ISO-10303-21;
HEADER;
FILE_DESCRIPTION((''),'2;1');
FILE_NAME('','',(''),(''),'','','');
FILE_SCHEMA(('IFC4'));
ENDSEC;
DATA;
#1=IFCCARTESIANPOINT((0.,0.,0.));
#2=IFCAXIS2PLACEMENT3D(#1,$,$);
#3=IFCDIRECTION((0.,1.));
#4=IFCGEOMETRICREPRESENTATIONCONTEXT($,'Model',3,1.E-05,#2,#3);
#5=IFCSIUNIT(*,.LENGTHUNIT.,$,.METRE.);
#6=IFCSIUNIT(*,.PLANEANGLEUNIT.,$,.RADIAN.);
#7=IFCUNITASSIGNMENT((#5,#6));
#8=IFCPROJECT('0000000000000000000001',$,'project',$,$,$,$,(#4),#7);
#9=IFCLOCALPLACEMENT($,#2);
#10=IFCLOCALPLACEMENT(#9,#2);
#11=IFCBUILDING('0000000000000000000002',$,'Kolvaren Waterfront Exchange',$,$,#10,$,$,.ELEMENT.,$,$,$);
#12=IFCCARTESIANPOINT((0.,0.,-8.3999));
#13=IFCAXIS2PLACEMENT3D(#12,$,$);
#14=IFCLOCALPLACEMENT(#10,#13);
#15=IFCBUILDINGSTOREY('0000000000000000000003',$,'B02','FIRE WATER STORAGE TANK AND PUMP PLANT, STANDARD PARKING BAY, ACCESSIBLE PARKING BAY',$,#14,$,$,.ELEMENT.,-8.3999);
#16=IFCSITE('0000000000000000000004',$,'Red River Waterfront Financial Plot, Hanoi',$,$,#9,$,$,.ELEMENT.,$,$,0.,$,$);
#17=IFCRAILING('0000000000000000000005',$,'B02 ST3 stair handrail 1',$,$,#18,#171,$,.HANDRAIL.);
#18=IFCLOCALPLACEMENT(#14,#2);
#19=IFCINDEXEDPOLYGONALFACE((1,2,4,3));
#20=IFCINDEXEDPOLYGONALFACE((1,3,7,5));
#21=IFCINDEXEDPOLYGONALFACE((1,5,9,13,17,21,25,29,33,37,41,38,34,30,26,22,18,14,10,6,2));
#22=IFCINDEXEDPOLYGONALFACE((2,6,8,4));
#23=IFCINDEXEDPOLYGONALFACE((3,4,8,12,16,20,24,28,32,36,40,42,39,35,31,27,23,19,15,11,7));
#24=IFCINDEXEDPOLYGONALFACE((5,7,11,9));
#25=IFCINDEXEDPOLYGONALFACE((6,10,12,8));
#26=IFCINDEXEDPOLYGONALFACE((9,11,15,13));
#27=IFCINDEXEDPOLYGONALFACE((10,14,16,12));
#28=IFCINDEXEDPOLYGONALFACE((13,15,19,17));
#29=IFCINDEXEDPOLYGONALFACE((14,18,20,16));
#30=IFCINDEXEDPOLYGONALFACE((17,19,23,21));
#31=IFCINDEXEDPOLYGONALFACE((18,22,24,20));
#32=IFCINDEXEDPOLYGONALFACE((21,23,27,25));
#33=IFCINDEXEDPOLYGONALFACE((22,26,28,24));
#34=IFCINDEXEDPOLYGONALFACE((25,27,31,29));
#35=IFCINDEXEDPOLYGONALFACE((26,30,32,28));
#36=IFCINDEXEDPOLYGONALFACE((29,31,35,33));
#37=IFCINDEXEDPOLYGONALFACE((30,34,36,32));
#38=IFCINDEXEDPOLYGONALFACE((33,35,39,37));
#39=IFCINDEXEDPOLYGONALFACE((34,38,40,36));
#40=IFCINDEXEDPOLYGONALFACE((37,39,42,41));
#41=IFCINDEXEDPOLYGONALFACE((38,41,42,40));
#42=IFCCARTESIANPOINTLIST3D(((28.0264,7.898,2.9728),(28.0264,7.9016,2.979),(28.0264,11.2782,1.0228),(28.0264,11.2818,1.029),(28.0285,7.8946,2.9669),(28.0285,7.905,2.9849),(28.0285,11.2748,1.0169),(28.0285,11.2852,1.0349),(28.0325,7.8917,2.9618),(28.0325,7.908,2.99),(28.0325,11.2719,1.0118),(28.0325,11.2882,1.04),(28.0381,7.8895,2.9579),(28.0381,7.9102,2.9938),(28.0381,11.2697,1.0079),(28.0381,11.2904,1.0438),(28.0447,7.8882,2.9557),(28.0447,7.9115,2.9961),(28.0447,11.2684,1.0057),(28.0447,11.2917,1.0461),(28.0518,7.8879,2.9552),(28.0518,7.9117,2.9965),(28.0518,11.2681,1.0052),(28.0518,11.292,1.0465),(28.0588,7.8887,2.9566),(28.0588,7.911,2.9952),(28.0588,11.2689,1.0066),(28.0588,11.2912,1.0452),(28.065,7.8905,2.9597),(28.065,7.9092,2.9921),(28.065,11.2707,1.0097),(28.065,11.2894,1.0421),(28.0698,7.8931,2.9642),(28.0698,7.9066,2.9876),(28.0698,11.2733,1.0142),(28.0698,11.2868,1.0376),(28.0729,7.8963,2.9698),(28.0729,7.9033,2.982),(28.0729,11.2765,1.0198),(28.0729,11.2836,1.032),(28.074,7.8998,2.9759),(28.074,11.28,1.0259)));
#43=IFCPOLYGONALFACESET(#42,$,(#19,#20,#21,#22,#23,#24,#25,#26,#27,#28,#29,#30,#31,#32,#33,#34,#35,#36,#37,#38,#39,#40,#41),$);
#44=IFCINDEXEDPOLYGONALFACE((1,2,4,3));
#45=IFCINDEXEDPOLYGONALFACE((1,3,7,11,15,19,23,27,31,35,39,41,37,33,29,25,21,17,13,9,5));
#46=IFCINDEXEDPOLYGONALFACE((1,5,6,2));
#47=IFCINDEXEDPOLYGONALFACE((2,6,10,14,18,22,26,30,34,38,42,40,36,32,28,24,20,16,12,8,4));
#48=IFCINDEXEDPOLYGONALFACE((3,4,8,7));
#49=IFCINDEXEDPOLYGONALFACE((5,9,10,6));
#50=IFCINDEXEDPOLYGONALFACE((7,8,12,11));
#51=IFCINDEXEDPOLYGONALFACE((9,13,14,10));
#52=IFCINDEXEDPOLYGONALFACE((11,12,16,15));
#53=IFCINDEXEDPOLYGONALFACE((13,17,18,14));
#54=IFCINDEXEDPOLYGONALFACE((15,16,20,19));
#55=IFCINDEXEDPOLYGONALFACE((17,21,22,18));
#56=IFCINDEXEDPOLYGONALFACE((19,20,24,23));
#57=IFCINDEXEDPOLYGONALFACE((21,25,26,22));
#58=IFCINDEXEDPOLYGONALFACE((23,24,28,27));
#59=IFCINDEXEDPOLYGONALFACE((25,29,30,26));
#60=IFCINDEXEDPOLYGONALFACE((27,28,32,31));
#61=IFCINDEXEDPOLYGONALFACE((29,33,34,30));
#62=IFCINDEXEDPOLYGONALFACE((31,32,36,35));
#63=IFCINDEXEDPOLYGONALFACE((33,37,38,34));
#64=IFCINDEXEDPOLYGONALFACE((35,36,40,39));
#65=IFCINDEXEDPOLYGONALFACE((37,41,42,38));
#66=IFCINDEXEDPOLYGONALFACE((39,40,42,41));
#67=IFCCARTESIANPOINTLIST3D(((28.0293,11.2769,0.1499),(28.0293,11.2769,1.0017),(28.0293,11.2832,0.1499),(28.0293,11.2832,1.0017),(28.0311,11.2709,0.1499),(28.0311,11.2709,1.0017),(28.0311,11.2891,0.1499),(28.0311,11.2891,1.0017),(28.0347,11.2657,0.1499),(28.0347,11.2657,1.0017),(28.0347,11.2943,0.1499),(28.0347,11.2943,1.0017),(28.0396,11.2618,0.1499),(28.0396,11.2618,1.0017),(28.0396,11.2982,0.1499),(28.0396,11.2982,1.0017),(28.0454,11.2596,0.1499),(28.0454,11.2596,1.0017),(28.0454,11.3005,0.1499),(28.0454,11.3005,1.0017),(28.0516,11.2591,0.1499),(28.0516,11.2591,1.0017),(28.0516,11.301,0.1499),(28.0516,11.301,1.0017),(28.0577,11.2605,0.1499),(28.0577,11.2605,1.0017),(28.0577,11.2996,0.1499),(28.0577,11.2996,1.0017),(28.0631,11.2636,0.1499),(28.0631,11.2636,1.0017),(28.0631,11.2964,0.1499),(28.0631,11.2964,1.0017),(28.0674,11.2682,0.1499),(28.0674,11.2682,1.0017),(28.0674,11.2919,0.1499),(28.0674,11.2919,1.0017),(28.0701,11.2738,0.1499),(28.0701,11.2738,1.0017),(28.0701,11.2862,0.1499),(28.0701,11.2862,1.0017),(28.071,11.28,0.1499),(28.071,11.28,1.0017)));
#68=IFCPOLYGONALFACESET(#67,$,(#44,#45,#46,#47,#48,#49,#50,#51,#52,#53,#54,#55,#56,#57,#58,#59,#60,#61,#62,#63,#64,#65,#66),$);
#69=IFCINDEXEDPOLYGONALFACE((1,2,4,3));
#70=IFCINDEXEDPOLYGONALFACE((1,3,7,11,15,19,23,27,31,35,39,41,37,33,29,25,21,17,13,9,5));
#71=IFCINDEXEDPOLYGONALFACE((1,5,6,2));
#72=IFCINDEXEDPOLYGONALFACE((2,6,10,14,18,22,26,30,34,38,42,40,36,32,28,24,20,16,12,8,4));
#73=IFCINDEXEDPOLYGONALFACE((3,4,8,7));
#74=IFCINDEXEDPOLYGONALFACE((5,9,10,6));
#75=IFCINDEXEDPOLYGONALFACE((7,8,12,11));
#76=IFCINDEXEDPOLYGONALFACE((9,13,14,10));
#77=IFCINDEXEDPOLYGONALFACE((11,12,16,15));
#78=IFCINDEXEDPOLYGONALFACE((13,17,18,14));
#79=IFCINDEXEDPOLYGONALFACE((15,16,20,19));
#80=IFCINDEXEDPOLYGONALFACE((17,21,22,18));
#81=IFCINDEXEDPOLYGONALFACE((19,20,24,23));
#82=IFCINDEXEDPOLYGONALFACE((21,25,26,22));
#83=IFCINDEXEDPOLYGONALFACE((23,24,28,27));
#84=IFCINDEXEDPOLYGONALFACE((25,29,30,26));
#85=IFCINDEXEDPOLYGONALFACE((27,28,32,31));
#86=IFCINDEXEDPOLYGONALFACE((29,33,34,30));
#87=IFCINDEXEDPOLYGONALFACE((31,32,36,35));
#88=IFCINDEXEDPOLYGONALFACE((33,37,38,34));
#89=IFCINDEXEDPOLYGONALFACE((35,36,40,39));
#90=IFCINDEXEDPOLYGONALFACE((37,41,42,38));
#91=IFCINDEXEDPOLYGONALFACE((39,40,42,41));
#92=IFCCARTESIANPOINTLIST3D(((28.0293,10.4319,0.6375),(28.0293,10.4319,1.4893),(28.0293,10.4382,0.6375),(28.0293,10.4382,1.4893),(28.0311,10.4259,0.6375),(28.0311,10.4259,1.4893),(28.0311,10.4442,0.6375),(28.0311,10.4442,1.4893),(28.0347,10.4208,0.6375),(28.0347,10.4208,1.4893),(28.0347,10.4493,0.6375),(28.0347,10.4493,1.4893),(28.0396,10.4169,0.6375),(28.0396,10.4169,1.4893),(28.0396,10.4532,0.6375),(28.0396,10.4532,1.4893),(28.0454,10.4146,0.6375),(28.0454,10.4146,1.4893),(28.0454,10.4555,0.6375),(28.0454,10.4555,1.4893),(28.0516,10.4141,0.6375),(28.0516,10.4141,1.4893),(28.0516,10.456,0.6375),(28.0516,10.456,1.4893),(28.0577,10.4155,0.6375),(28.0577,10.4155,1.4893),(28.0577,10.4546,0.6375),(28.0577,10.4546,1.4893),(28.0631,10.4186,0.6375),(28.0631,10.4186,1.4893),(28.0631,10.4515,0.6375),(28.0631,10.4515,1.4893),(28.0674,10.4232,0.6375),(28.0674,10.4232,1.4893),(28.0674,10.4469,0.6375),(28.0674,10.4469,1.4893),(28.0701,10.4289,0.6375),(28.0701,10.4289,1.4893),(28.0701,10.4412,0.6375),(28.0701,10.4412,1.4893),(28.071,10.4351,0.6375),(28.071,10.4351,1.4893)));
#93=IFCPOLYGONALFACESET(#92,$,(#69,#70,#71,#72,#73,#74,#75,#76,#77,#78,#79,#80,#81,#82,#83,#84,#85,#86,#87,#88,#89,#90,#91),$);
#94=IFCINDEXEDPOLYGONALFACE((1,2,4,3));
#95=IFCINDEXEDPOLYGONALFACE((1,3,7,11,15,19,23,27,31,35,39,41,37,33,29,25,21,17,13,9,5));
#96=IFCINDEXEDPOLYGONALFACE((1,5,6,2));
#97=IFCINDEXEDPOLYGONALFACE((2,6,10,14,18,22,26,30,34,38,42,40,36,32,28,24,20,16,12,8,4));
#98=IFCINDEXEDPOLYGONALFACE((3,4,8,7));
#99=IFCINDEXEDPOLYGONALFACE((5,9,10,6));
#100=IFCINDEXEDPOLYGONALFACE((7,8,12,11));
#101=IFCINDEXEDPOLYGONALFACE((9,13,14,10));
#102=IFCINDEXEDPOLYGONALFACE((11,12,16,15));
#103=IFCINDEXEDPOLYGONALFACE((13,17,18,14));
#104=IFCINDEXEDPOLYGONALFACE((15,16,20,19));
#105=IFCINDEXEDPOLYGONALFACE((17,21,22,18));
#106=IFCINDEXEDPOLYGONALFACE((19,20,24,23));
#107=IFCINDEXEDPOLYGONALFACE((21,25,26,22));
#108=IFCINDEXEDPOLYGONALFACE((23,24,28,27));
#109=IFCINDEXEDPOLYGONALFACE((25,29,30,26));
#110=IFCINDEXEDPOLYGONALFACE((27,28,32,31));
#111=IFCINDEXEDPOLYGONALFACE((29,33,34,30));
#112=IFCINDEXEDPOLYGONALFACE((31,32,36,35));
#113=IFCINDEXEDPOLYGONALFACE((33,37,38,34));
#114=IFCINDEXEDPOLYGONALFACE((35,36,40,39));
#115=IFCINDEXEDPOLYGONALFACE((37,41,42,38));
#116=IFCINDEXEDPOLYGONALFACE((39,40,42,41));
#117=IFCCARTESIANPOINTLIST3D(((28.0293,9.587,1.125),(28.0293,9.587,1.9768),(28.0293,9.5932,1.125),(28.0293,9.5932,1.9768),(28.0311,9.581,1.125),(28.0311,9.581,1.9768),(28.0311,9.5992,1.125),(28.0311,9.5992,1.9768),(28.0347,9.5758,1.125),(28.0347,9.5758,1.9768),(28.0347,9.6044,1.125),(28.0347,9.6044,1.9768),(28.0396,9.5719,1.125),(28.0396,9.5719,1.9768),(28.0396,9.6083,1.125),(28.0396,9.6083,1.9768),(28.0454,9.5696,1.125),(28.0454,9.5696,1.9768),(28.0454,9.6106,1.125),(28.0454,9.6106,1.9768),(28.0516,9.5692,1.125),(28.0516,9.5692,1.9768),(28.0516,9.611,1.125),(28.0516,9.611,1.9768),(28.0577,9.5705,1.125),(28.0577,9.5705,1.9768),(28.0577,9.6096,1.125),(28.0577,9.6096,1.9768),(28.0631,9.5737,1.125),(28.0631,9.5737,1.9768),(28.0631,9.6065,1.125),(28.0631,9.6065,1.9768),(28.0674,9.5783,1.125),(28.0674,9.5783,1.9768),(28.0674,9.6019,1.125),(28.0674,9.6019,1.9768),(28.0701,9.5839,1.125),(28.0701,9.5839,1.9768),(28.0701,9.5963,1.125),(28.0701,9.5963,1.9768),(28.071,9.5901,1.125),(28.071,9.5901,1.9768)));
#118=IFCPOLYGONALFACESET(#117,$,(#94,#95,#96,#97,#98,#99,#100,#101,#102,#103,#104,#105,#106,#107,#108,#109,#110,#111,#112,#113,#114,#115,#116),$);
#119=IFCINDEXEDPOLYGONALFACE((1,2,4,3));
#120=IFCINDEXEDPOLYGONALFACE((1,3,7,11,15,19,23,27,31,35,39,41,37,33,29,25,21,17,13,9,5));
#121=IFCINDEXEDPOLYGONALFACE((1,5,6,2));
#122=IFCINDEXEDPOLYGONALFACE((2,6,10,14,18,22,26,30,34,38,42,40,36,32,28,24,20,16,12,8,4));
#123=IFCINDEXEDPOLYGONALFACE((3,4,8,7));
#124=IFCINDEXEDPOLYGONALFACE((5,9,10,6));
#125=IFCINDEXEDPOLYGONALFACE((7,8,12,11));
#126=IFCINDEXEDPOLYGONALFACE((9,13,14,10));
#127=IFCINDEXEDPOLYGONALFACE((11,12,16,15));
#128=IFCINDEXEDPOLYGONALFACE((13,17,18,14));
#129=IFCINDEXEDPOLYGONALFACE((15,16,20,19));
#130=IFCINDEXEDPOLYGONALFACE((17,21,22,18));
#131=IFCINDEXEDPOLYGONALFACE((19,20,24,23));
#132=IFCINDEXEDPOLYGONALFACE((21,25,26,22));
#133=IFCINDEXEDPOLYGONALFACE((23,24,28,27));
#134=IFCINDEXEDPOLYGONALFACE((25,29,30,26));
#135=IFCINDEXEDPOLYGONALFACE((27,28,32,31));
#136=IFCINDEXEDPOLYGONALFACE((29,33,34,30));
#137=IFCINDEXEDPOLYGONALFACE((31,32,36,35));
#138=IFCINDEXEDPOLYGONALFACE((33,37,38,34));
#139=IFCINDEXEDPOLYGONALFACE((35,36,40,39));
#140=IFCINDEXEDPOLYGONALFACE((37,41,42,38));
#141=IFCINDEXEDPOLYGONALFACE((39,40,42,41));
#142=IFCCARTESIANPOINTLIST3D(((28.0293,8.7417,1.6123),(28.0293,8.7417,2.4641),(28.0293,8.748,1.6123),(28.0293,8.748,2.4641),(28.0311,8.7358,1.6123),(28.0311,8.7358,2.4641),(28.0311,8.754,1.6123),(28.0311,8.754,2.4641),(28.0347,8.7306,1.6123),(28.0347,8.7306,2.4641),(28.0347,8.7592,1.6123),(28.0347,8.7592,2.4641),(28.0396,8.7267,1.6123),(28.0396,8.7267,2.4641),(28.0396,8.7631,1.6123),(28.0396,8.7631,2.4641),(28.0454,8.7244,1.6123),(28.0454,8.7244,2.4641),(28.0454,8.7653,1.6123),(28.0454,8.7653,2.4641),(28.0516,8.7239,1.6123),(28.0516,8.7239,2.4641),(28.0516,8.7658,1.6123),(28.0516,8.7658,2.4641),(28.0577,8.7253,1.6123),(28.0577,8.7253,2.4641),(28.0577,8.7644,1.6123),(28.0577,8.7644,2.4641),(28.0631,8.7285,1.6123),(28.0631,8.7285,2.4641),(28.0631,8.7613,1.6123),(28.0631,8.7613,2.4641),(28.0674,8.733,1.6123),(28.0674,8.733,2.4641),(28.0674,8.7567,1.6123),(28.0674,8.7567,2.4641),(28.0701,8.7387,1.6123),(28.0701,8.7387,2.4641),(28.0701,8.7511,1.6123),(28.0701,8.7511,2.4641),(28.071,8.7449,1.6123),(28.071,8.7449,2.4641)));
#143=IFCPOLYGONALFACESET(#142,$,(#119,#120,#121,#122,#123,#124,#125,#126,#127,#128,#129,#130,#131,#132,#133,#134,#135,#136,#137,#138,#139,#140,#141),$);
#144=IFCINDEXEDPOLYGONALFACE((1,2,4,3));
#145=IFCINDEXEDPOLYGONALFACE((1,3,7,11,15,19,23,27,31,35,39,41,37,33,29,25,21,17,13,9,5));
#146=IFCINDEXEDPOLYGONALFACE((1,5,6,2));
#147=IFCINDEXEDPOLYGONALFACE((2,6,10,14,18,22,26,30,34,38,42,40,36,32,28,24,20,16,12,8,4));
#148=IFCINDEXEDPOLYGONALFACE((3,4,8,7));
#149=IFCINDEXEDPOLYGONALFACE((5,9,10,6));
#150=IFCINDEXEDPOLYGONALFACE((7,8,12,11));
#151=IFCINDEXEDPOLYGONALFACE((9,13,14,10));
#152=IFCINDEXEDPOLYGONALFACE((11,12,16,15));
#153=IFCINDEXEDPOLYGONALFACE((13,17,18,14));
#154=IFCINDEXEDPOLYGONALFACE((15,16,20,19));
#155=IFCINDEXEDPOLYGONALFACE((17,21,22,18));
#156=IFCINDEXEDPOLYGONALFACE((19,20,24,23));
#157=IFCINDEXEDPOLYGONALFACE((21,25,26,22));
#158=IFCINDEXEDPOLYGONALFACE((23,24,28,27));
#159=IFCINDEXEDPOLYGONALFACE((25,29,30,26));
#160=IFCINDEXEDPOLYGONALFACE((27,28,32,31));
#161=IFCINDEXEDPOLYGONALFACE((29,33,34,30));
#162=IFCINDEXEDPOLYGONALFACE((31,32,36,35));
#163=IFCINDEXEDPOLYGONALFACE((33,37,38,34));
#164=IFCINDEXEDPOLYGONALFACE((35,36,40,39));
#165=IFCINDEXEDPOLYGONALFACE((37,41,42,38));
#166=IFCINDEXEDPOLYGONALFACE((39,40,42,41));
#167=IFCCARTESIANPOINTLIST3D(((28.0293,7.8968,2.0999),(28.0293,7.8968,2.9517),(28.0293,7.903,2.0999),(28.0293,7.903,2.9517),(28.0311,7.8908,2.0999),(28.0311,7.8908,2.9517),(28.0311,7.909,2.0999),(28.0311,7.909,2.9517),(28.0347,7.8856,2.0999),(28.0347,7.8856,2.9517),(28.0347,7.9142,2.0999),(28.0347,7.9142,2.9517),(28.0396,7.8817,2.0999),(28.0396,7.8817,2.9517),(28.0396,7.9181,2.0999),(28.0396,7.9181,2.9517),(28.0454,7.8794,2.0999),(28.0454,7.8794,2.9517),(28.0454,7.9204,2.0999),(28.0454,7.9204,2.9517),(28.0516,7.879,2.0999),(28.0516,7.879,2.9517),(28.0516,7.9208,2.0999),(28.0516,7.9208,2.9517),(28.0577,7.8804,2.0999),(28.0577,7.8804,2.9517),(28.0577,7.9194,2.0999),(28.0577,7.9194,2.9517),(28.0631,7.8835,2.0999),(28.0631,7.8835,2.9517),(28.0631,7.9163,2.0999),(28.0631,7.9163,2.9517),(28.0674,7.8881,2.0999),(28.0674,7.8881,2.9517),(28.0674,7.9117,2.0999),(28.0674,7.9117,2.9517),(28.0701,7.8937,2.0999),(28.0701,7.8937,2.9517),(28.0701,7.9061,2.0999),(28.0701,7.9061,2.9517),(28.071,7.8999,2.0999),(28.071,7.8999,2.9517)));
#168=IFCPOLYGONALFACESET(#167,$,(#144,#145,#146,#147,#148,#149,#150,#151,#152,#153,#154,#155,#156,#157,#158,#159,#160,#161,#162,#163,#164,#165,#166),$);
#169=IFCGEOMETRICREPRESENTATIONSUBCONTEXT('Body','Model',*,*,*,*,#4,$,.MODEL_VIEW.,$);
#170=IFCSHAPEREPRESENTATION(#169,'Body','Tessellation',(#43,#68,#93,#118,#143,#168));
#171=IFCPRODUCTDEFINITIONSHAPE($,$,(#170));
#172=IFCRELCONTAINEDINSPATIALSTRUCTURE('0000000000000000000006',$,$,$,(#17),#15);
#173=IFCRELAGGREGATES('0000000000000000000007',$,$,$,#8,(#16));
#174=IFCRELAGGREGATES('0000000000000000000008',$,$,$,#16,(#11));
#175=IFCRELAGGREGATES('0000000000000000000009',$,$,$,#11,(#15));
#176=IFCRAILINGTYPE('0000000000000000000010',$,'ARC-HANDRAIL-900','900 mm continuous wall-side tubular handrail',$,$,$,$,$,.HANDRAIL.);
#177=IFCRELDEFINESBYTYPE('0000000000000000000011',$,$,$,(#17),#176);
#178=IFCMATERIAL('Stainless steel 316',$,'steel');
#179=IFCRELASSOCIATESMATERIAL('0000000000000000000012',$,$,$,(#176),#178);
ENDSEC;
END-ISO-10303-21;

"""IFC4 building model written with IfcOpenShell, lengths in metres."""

from ifc_helpers import new_model, si_unit, direction, frame, origin, origin_2d, place, context, subcontext, project, spatial, circle, extrude, material, type_object, element, save


model = new_model("IFC4")

# Units and contexts
model_context = context("Model", 3, precision=1e-05, world=origin(), true_north=direction((0.0, 1.0)))
body_context = subcontext(model_context, "Body", "Model", "MODEL_VIEW")
ifc_project = project(units=[si_unit("LENGTHUNIT", "METRE"), si_unit("PLANEANGLEUNIT", "RADIAN")], contexts=[model_context])

# Site, building, storey
site_placement = place(None, origin())
site = spatial("IfcSite", under=ifc_project, at=site_placement, Name="Red River Waterfront Financial Plot, Hanoi", CompositionType="ELEMENT", RefElevation=0.0)
building_placement = place(site_placement, origin())
building = spatial("IfcBuilding", under=site, at=building_placement, Name="Kolvaren Waterfront Exchange", CompositionType="ELEMENT")
storey_placement = place(building_placement, frame((0.0, 0.0, -8.3999)))
storey = spatial("IfcBuildingStorey", under=building, at=storey_placement, Name="B02", Description="FIRE WATER STORAGE TANK AND PUMP PLANT, STANDARD PARKING BAY, ACCESSIBLE PARKING BAY", CompositionType="ELEMENT", Elevation=-8.3999)

# Railing
ifc_material_1 = material(Name="Stainless steel 316", Category="steel")
railing_type_1 = type_object("IfcRailingType", Name="ARC-HANDRAIL-900", Description="900 mm continuous wall-side tubular handrail", PredefinedType="HANDRAIL", material=ifc_material_1)
railing_1_placement = place(storey_placement, frame((28.05, 11.28, 0.1499)))
element("IfcRailing", 1, at=railing_1_placement, inside=storey, type_object=railing_type_1, Name="B02 ST3 stair handrail 1", PredefinedType="HANDRAIL", context=body_context, shape_type="SweptSolid", body=[
    extrude(circle(Radius=0.0239, at=origin_2d()), frame((0.0, 0.0, 0.876), z_axis=(0.0, -0.866199, 0.499699), x_axis=(1.0, 0.0, 0.0)), (0.0, 0.0, 1.0), 3.9023),
    extrude(circle(Radius=0.021, at=origin_2d()), origin(), (0.0, 0.0, 1.0), 0.8518),
    extrude(circle(Radius=0.021, at=origin_2d()), frame((0.0, -0.845, 0.4875)), (0.0, 0.0, 1.0), 0.8518),
    extrude(circle(Radius=0.021, at=origin_2d()), frame((0.0, -1.6899, 0.9751)), (0.0, 0.0, 1.0), 0.8518),
    extrude(circle(Radius=0.021, at=origin_2d()), frame((0.0, -2.5352, 1.4624)), (0.0, 0.0, 1.0), 0.8518),
    extrude(circle(Radius=0.021, at=origin_2d()), frame((0.0, -3.3801, 1.95)), (0.0, 0.0, 1.0), 0.8518),
])

save(model, "model.ifc")
